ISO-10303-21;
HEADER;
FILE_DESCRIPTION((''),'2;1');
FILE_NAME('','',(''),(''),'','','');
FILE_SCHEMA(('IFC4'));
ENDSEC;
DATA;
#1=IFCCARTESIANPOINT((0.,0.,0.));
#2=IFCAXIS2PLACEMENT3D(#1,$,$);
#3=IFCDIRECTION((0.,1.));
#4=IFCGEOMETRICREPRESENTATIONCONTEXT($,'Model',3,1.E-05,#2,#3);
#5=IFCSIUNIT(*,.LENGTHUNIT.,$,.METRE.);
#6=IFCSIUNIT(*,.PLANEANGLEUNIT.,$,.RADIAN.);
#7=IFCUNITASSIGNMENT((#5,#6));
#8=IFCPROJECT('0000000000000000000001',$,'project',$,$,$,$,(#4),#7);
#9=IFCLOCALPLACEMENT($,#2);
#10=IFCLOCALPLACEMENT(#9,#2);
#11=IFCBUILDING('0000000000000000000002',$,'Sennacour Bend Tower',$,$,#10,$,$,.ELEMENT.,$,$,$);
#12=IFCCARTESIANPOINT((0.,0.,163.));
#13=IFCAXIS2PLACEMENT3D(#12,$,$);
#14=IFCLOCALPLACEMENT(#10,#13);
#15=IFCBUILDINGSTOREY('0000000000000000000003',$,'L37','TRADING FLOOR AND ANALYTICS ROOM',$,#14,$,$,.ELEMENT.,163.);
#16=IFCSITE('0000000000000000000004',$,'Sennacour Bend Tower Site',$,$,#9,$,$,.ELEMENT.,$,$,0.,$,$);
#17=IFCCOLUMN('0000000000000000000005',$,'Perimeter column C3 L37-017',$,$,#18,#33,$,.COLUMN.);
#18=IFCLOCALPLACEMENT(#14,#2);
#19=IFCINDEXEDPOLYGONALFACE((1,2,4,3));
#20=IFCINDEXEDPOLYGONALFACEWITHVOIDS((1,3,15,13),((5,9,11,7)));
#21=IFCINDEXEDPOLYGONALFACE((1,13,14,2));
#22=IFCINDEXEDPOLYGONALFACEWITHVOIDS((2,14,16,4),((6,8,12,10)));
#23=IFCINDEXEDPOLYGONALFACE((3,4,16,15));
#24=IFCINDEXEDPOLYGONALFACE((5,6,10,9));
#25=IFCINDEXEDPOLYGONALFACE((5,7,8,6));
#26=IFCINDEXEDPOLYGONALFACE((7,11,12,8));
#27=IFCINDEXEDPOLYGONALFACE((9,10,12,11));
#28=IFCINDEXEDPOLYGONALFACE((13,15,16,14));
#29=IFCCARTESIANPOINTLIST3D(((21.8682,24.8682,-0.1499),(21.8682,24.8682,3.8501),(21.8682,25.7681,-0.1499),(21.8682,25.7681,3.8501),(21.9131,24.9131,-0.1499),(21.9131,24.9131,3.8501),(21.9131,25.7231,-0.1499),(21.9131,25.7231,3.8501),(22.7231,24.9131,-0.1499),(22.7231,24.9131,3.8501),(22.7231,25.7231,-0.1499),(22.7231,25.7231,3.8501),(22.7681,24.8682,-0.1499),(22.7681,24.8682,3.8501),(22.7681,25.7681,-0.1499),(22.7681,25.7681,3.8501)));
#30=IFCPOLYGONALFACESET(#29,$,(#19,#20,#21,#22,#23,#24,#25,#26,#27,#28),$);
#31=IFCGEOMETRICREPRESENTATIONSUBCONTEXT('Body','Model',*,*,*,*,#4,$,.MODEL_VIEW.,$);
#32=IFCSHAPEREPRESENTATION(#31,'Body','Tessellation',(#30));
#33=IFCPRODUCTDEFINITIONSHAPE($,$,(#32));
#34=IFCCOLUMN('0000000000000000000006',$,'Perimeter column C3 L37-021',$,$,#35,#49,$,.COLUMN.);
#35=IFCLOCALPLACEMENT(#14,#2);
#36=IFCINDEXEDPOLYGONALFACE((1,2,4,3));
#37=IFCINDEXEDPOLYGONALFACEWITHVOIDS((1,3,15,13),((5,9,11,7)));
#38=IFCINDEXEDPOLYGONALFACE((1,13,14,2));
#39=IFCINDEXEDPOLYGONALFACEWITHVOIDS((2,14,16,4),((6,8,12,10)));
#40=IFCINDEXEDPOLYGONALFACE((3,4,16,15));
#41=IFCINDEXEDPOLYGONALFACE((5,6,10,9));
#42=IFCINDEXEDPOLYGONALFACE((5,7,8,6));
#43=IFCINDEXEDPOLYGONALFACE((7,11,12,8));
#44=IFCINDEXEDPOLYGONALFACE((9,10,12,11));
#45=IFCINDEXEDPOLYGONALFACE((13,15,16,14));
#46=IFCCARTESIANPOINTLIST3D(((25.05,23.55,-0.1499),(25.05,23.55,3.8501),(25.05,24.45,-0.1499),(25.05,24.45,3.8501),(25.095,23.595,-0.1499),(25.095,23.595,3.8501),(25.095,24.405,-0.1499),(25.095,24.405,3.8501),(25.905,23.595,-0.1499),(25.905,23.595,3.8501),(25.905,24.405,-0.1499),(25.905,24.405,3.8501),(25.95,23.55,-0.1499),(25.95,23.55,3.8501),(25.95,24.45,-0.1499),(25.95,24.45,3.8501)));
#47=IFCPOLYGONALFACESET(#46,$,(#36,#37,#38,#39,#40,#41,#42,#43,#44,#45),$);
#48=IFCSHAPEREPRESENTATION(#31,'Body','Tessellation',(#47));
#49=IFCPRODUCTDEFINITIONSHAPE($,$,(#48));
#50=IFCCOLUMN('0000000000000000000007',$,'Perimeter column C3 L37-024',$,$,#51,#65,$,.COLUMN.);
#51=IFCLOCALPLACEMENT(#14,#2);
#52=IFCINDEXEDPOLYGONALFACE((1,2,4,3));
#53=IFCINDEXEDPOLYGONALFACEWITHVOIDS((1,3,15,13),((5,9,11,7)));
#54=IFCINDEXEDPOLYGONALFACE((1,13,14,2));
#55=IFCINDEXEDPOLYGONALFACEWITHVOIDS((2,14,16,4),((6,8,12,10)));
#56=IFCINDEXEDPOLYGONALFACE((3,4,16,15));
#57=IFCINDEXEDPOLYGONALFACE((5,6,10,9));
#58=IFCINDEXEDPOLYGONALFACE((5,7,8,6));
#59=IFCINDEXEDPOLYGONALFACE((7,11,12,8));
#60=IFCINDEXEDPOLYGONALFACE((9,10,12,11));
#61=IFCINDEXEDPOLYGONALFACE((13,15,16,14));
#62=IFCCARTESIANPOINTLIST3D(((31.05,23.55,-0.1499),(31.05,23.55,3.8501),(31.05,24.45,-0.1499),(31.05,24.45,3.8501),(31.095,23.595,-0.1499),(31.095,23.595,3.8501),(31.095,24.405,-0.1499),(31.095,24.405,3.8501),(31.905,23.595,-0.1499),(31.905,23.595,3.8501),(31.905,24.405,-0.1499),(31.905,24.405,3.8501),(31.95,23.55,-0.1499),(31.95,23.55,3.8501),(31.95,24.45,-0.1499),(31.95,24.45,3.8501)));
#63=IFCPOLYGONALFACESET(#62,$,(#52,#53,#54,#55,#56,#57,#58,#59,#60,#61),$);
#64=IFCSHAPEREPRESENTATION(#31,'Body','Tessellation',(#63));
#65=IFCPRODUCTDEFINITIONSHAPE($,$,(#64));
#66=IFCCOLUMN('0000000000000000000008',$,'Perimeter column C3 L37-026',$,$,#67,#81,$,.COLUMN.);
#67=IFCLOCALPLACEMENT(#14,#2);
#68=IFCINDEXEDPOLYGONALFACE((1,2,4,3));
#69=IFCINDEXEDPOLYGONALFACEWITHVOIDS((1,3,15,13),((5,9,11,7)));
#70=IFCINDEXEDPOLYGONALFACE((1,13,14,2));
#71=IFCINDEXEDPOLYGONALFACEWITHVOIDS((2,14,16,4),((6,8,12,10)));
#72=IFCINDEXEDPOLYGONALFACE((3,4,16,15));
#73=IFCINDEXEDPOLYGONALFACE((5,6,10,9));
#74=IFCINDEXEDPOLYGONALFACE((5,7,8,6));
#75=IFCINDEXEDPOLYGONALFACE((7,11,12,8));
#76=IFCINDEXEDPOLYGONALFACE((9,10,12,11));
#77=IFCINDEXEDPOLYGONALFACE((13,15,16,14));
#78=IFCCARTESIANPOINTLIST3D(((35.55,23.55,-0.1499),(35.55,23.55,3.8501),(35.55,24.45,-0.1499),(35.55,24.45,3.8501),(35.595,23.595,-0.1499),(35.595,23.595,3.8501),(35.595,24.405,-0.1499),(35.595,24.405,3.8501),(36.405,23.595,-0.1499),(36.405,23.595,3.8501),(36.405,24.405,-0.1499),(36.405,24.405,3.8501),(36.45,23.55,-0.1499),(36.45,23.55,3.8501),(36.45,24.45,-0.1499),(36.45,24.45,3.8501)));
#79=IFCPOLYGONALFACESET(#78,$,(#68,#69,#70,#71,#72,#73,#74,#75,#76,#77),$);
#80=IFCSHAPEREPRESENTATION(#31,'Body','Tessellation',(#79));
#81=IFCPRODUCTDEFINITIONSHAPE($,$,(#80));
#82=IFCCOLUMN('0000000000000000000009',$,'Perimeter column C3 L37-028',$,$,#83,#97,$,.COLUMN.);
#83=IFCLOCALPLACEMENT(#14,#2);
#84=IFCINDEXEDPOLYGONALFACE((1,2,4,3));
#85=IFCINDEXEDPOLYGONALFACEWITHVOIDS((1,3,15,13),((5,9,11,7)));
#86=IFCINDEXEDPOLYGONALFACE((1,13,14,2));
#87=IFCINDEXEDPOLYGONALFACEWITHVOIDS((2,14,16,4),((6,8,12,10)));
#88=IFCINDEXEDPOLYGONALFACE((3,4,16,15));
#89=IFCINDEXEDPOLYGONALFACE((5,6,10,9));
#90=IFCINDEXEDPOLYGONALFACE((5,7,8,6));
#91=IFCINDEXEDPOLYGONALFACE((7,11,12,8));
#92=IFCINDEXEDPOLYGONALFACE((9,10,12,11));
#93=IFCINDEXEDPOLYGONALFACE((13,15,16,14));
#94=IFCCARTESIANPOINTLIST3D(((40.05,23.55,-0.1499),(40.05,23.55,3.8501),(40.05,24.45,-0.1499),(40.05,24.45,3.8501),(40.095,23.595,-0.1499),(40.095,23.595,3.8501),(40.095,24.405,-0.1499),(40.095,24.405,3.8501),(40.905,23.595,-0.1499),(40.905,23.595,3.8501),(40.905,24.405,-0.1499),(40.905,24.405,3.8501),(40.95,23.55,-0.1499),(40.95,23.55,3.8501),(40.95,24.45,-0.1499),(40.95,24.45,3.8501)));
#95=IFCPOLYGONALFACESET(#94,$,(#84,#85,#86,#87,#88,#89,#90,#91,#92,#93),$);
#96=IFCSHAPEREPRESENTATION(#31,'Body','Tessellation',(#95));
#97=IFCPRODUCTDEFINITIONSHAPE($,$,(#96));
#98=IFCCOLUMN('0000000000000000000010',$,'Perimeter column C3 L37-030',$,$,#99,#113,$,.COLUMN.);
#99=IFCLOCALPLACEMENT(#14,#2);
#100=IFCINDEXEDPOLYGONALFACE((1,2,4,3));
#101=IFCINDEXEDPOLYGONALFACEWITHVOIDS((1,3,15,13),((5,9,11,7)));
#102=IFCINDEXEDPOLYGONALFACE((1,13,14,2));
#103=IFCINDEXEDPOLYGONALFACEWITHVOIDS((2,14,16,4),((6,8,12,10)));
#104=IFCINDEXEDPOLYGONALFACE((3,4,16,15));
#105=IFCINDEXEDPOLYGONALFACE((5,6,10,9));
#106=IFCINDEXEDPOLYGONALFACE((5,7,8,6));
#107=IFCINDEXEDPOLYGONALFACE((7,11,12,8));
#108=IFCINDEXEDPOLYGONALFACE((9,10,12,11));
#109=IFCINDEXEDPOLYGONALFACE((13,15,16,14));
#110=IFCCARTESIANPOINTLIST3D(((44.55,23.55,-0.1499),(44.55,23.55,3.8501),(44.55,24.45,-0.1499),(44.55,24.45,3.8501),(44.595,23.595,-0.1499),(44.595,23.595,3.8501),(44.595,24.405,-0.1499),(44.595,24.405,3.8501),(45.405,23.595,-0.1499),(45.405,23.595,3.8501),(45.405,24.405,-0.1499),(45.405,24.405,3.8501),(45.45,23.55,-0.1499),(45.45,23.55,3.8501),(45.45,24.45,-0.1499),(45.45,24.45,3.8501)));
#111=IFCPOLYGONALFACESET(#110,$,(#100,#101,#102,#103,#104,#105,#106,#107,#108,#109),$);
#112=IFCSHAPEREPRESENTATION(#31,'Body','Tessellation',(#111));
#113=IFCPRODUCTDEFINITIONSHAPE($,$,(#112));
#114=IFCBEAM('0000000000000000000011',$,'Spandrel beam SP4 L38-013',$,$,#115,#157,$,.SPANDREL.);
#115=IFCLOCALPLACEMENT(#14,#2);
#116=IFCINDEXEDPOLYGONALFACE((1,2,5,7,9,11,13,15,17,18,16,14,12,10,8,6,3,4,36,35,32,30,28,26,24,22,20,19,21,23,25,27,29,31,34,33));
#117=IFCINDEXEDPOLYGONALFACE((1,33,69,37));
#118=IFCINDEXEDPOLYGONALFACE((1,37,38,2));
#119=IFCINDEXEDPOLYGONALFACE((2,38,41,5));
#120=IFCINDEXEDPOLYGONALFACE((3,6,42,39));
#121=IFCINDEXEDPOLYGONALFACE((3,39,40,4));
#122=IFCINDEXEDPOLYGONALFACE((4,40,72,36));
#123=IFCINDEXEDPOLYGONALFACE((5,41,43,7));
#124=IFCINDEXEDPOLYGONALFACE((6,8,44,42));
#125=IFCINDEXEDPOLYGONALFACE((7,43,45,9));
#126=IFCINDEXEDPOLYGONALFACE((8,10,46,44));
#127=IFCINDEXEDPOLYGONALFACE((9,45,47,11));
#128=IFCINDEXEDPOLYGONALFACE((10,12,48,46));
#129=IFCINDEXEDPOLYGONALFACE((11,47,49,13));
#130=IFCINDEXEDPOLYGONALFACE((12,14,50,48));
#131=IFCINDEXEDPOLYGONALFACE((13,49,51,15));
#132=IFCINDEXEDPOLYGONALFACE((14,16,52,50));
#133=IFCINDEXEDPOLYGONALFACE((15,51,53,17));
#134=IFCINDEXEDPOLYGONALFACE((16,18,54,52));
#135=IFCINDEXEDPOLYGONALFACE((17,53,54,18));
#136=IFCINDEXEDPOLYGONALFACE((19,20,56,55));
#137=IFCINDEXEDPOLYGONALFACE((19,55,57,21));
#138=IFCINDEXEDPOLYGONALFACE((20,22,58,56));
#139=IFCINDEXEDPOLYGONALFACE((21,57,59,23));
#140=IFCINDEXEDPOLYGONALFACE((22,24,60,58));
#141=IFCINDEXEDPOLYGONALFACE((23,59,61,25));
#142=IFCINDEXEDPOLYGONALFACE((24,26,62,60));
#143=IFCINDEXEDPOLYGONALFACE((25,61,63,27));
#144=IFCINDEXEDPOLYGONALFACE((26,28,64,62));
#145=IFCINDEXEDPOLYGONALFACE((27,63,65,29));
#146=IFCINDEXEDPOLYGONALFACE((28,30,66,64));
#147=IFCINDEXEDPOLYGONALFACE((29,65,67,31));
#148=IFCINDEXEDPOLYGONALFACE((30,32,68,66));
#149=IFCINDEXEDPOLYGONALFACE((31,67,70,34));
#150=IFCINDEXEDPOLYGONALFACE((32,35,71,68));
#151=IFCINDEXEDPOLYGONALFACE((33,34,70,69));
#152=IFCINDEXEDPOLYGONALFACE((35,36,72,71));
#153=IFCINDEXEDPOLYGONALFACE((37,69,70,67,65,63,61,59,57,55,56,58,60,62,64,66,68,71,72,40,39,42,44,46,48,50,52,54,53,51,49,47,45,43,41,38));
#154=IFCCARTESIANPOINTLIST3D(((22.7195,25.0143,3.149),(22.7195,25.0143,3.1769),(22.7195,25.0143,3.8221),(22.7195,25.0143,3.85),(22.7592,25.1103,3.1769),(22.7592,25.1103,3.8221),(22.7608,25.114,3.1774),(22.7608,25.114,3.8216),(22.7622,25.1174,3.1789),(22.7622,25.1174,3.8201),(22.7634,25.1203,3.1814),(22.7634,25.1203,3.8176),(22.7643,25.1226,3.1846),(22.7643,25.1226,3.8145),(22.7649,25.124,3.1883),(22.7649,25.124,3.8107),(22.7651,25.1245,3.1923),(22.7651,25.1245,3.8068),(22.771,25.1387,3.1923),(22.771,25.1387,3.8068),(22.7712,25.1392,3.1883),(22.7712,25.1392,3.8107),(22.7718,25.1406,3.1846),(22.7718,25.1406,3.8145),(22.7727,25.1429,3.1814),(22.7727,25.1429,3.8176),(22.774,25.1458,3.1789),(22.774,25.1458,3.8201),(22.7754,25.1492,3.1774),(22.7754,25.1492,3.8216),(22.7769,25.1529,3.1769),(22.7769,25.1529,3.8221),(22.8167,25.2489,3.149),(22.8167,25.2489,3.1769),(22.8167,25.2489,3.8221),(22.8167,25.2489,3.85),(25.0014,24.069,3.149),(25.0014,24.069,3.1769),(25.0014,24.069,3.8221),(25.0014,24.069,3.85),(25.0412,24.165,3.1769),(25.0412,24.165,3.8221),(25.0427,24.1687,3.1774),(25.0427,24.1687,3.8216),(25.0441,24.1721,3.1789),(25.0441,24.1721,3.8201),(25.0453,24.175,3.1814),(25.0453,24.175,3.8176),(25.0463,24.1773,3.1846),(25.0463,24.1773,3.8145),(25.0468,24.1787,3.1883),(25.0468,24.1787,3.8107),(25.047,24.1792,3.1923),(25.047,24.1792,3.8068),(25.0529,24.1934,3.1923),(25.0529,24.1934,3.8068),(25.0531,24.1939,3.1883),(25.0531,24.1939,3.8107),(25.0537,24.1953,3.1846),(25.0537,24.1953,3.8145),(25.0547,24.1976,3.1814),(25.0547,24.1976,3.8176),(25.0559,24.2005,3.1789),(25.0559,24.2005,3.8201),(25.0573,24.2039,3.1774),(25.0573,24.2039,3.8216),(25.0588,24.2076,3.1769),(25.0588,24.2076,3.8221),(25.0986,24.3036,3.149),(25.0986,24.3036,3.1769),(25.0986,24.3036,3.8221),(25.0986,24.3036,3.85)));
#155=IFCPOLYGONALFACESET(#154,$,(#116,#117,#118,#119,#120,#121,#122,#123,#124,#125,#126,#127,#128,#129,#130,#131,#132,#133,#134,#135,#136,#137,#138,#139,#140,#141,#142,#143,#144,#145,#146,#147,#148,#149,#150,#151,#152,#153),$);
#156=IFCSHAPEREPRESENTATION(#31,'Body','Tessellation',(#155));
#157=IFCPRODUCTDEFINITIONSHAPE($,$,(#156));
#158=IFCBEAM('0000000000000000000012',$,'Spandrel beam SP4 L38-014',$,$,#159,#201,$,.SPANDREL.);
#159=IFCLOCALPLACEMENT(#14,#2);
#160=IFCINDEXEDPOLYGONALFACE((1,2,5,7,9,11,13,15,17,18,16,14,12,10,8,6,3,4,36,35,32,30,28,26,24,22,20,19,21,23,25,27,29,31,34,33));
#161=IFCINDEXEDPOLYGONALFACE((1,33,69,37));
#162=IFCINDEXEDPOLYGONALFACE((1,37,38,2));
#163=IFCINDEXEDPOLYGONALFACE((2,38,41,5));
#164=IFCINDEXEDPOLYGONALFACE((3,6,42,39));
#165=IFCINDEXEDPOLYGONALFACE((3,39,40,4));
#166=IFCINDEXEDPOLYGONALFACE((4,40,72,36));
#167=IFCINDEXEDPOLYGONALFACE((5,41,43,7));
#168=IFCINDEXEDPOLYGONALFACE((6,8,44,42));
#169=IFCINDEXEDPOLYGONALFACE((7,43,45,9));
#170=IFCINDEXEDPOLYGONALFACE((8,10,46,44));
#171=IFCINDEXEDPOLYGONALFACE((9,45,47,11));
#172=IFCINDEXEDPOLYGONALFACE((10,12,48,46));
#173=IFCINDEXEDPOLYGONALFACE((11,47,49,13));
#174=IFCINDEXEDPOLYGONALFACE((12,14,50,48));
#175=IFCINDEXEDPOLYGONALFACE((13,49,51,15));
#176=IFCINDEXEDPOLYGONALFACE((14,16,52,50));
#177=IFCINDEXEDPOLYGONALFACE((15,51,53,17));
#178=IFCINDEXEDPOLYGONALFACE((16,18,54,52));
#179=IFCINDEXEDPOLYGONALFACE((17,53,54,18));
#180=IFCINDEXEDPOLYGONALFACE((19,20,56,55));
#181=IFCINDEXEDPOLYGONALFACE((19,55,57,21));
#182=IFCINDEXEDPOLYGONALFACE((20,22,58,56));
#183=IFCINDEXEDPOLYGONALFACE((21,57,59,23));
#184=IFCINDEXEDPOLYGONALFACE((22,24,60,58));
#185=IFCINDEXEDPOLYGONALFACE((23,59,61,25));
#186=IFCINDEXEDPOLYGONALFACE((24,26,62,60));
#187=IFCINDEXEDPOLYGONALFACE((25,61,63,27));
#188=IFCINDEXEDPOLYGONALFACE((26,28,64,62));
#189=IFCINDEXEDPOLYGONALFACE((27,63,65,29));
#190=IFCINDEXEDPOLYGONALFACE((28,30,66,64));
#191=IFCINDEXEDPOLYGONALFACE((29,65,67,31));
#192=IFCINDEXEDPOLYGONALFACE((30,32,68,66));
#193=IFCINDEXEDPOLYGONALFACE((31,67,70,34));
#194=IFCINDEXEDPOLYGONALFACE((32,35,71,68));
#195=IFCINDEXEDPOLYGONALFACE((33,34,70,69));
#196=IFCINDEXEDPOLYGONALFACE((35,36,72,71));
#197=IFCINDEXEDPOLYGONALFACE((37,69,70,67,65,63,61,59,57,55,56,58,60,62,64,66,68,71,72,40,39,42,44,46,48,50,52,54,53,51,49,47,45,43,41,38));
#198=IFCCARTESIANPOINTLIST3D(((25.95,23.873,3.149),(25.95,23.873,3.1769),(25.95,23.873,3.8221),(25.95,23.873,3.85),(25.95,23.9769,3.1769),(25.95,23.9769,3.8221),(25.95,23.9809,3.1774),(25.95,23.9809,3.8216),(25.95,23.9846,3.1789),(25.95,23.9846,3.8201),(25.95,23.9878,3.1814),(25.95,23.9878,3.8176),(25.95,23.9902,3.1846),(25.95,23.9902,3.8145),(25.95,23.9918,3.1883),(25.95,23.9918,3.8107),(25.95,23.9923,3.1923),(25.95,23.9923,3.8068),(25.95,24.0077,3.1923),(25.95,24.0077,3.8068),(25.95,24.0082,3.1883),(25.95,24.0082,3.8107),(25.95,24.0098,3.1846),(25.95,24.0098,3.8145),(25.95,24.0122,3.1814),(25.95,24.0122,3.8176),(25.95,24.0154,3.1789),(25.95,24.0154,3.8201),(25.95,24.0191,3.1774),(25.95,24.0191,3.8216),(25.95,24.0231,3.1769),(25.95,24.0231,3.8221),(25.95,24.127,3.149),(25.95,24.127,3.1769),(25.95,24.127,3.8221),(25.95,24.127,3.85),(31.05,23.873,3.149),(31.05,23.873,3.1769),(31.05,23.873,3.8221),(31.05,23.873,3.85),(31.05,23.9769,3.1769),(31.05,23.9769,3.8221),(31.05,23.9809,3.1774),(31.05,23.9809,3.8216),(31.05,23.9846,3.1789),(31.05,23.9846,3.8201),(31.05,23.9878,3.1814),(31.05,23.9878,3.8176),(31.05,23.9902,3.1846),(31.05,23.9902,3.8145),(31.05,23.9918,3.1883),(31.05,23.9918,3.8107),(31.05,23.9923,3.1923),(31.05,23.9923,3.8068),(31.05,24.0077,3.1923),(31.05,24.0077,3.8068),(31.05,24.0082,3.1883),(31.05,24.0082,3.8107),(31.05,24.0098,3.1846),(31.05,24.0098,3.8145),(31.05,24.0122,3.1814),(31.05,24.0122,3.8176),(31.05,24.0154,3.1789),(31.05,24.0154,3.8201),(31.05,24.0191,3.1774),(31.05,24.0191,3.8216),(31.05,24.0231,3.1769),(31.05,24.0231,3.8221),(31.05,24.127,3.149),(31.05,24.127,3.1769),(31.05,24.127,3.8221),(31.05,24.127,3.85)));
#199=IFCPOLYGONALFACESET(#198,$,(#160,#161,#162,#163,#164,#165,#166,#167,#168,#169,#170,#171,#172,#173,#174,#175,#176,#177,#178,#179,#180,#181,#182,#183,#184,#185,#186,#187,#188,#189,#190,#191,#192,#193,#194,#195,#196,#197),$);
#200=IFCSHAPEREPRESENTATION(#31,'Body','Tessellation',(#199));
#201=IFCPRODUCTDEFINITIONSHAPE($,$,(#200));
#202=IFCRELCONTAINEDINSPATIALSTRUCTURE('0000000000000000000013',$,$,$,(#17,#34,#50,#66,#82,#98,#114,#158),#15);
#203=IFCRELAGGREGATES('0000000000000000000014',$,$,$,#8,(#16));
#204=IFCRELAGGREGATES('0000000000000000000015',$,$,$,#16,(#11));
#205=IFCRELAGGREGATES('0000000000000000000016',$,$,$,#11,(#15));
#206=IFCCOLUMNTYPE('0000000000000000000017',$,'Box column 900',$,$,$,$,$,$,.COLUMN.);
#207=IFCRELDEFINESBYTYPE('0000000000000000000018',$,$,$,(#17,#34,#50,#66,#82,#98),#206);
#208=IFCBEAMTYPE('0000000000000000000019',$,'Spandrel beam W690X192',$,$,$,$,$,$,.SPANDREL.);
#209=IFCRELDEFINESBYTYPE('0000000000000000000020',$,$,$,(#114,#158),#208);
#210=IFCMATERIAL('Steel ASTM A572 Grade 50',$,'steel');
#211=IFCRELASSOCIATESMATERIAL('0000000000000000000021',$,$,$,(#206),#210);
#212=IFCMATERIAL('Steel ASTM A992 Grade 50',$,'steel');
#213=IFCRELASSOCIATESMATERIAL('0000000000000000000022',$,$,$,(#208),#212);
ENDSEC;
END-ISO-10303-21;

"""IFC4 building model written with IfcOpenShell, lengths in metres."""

from ifc_helpers import new_model, si_unit, direction, frame, origin, origin_2d, place, context, subcontext, project, spatial, hollow_rectangle, i_section, extrude, material, material_profile, profile_set, type_object, element, save


model = new_model("IFC4")

# Units and contexts
model_context = context("Model", 3, precision=1e-05, world=origin(), true_north=direction((0.0, 1.0)))
body_context = subcontext(model_context, "Body", "Model", "MODEL_VIEW")
ifc_project = project(units=[si_unit("LENGTHUNIT", "METRE"), si_unit("PLANEANGLEUNIT", "RADIAN")], contexts=[model_context])

# Site, building, storey
site_placement = place(None, origin())
site = spatial("IfcSite", under=ifc_project, at=site_placement, Name="Sennacour Bend Tower Site", CompositionType="ELEMENT", RefElevation=0.0)
building_placement = place(site_placement, origin())
building = spatial("IfcBuilding", under=site, at=building_placement, Name="Sennacour Bend Tower", CompositionType="ELEMENT")
storey_placement = place(building_placement, frame((0.0, 0.0, 163.0)))
storey = spatial("IfcBuildingStorey", under=building, at=storey_placement, Name="L37", Description="TRADING FLOOR AND ANALYTICS ROOM", CompositionType="ELEMENT", Elevation=163.0)

# Columns
ifc_material_1 = material(Name="Steel ASTM A572 Grade 50", Category="steel")
ifc_material_profile_1 = material_profile(ifc_material_1, hollow_rectangle(XDim=0.8999, YDim=0.8999, WallThickness=0.0449, at=origin_2d()), Name="Steel ASTM A572 Grade 50", Category="steel")
ifc_profile_set_1 = profile_set([ifc_material_profile_1], Name="Steel ASTM A572 Grade 50")
column_type = type_object("IfcColumnType", Name="Box column 900", PredefinedType="COLUMN", material=ifc_profile_set_1)
for number, where, z_axis, x_axis, name in (
    (1, (22.3181, 25.3181, -0.1499), (0.0, 0.0, 1.0), (1.0, 0.0, 0.0), "Perimeter column C3 L37-017"),
    (2, (25.5, 24.0, -0.1499), (0.0, 0.0, 1.0), (1.0, 0.0, 0.0), "Perimeter column C3 L37-021"),
    (3, (31.5, 24.0, -0.1499), (0.0, 0.0, 1.0), (1.0, 0.0, 0.0), "Perimeter column C3 L37-024"),
    (4, (36.0, 24.0, -0.1499), (0.0, 0.0, 1.0), (1.0, 0.0, 0.0), "Perimeter column C3 L37-026"),
    (5, (40.5, 24.0, -0.1499), (0.0, 0.0, 1.0), (1.0, 0.0, 0.0), "Perimeter column C3 L37-028"),
    (6, (45.0, 24.0, -0.1499), (0.0, 0.0, 1.0), (1.0, 0.0, 0.0), "Perimeter column C3 L37-030"),
):
    element("IfcColumn", number, at=place(storey_placement, frame(where, z_axis=z_axis, x_axis=x_axis)), inside=storey, type_object=column_type, Name=name, PredefinedType="COLUMN", context=body_context, shape_type="SweptSolid", body=[
        extrude(hollow_rectangle(XDim=0.8999, YDim=0.8999, WallThickness=0.0449, at=origin_2d()), origin(), (0.0, 0.0, 1.0), 4.0),
    ])

# Beams
ifc_material_2 = material(Name="Steel ASTM A992 Grade 50", Category="steel")
ifc_material_profile_2 = material_profile(ifc_material_2, i_section(OverallWidth=0.2539, OverallDepth=0.7009, WebThickness=0.0154, FlangeThickness=0.0278, FilletRadius=0.0154, at=origin_2d()), Name="Steel ASTM A992 Grade 50", Category="steel")
ifc_profile_set_2 = profile_set([ifc_material_profile_2], Name="Steel ASTM A992 Grade 50")
beam_type = type_object("IfcBeamType", Name="Spandrel beam W690X192", PredefinedType="SPANDREL", material=ifc_profile_set_2)
beam_1_placement = place(storey_placement, frame((22.7681, 25.1316, 3.4995), z_axis=(0.923867, -0.382713, 0.0), x_axis=(0.382713, 0.923867, 0.0)))
element("IfcBeam", 7, at=beam_1_placement, inside=storey, type_object=beam_type, Name="Spandrel beam SP4 L38-013", PredefinedType="SPANDREL", context=body_context, shape_type="SweptSolid", body=[
    extrude(i_section(OverallWidth=0.2539, OverallDepth=0.7009, WebThickness=0.0154, FlangeThickness=0.0278, FilletRadius=0.0154, at=origin_2d()), origin(), (0.0, 0.0, 1.0), 2.47),
])
beam_2_placement = place(storey_placement, frame((25.95, 24.0, 3.4995), z_axis=(1.0, 0.0, 0.0), x_axis=(0.0, 1.0, 0.0)))
element("IfcBeam", 8, at=beam_2_placement, inside=storey, type_object=beam_type, Name="Spandrel beam SP4 L38-014", PredefinedType="SPANDREL", context=body_context, shape_type="SweptSolid", body=[
    extrude(i_section(OverallWidth=0.2539, OverallDepth=0.7009, WebThickness=0.0154, FlangeThickness=0.0278, FilletRadius=0.0154, at=origin_2d()), origin(), (0.0, 0.0, 1.0), 5.1001),
])

save(model, "model.ifc")
